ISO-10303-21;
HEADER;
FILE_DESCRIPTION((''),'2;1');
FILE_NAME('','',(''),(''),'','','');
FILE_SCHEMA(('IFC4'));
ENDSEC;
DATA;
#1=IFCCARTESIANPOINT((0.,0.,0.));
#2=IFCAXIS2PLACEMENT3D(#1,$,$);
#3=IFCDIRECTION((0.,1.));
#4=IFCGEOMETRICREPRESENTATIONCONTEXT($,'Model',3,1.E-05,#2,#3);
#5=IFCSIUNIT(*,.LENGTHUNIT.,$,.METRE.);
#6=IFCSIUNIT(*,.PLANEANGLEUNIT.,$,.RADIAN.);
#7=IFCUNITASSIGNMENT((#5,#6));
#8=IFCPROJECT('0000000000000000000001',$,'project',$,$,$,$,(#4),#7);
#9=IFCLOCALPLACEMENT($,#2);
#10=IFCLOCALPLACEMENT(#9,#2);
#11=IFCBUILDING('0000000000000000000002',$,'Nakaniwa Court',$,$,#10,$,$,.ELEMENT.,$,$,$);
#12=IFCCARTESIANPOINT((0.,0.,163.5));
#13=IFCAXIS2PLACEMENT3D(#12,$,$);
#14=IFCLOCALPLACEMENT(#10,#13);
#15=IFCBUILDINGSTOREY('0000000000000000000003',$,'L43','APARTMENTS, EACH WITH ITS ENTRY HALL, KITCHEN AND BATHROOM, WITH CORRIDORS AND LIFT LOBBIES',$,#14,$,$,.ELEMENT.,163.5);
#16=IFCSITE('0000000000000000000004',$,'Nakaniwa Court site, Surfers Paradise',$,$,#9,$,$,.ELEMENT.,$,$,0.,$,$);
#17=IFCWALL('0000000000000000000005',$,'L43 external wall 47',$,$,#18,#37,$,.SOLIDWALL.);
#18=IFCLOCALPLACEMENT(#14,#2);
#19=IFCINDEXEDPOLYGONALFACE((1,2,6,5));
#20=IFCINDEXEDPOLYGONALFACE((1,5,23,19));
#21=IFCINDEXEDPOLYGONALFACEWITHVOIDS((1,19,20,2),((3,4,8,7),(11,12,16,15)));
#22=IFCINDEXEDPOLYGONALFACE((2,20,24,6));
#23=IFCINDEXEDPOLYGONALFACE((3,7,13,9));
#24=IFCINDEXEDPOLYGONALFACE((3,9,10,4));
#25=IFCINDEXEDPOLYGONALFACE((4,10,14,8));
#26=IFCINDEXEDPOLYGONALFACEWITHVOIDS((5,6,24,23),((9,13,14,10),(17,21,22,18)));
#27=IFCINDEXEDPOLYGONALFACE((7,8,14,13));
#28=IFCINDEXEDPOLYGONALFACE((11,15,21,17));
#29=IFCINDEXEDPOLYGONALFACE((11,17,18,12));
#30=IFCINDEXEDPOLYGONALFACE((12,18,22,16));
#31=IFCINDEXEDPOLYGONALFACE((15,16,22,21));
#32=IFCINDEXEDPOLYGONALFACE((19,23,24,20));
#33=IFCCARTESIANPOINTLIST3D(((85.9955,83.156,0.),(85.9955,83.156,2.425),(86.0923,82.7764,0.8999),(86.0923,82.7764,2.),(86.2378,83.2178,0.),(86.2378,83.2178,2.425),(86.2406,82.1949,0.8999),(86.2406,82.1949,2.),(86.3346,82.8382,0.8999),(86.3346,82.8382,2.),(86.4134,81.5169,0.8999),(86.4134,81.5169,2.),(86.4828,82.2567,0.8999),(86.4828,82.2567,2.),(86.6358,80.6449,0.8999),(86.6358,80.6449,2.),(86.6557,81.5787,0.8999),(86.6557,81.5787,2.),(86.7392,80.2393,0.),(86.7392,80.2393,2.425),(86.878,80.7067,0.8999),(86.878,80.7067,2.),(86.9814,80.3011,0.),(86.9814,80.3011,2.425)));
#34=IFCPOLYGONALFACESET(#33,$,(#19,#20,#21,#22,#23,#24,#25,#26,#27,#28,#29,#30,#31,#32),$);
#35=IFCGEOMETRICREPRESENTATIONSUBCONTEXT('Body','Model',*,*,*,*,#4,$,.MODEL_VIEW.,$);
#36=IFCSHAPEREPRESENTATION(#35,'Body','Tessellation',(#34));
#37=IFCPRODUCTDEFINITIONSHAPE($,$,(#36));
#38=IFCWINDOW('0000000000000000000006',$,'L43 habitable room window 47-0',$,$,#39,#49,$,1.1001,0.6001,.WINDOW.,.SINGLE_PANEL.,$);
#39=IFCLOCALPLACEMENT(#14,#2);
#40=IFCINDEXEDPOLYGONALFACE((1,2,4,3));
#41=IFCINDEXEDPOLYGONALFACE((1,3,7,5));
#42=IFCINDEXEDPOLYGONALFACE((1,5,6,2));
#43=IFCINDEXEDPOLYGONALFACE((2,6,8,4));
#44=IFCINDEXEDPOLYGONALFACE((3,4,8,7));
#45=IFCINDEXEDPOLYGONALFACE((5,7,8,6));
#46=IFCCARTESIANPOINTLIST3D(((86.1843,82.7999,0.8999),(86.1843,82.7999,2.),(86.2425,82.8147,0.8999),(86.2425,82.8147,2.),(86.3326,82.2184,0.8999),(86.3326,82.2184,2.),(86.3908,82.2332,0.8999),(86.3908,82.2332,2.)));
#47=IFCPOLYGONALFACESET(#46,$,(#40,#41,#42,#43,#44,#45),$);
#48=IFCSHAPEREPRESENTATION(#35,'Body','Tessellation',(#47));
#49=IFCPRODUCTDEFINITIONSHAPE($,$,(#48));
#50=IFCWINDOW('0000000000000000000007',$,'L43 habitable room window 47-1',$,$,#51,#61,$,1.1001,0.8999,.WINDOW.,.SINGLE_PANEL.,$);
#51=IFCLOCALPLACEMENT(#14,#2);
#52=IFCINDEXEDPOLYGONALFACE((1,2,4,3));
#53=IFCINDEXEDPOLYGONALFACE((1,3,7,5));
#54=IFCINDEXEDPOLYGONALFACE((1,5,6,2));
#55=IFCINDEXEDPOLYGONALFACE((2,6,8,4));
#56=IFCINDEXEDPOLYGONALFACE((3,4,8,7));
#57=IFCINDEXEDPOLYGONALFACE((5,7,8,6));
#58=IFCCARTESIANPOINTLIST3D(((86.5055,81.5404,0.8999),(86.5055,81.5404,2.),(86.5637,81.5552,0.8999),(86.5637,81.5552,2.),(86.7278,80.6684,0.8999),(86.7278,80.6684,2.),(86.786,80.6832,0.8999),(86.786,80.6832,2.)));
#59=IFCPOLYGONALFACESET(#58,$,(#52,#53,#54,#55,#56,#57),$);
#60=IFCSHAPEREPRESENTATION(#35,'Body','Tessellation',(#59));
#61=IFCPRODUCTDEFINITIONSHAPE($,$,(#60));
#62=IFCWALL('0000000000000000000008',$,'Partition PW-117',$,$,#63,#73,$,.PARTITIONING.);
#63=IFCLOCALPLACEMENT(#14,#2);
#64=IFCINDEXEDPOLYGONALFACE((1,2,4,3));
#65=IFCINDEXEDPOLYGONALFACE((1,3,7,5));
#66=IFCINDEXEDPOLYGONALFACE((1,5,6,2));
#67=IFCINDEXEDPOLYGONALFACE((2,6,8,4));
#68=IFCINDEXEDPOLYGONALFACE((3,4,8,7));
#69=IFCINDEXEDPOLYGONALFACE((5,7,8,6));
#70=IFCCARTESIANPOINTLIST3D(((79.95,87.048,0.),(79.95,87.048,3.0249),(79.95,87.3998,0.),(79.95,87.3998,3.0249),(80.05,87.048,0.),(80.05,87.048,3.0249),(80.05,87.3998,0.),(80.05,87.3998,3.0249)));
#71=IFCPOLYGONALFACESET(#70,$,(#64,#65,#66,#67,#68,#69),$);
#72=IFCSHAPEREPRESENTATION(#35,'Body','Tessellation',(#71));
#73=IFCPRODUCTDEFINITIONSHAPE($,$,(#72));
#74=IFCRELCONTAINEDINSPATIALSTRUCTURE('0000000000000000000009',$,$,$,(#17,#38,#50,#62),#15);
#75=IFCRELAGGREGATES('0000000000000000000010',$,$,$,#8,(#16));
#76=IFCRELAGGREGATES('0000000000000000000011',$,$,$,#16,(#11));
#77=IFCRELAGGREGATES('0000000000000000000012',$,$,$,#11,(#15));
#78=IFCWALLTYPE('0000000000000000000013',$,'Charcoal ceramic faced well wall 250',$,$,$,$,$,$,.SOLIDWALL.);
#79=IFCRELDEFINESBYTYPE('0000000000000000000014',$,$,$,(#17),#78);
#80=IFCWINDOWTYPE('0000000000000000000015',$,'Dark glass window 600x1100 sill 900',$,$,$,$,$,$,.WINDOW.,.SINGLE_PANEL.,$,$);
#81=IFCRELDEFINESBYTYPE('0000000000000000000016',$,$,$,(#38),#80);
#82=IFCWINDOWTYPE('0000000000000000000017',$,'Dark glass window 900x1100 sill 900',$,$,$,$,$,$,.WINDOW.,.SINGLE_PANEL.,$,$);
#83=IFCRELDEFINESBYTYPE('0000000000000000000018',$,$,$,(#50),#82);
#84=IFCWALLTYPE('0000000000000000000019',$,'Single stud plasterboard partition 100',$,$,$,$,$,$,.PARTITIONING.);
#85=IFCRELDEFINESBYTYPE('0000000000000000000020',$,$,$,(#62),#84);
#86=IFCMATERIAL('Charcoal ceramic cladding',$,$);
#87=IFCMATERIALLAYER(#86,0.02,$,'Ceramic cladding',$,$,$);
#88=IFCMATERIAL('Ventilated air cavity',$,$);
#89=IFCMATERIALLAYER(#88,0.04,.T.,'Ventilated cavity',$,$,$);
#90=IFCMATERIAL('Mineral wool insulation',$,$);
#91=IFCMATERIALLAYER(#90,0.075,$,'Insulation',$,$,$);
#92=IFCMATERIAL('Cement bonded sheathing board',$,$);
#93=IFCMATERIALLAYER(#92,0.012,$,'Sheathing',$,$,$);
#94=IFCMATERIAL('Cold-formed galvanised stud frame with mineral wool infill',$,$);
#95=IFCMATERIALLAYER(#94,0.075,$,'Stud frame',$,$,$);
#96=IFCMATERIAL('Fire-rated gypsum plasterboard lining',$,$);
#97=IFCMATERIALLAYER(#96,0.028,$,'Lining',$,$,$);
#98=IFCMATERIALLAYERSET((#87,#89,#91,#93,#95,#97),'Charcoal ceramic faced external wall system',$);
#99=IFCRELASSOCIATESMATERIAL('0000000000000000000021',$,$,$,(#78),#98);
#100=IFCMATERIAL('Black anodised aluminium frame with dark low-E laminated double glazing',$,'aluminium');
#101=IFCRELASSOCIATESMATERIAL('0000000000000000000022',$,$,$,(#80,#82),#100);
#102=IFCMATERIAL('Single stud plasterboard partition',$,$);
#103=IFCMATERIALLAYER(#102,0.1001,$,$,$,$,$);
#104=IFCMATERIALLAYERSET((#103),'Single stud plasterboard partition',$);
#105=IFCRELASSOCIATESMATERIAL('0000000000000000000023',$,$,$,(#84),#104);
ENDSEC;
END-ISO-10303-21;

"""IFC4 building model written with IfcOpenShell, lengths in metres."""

from ifc_helpers import new_model, si_unit, direction, frame, frame_2d, origin, place, context, subcontext, project, spatial, rectangle, extrude, material, layer, layer_set, type_object, element, fill, save


model = new_model("IFC4")

# Units and contexts
model_context = context("Model", 3, precision=1e-05, world=origin(), true_north=direction((0.0, 1.0)))
body_context = subcontext(model_context, "Body", "Model", "MODEL_VIEW")
ifc_project = project(units=[si_unit("LENGTHUNIT", "METRE"), si_unit("PLANEANGLEUNIT", "RADIAN")], contexts=[model_context])

# Site, building, storey
site_placement = place(None, origin())
site = spatial("IfcSite", under=ifc_project, at=site_placement, Name="Nakaniwa Court site, Surfers Paradise", CompositionType="ELEMENT", RefElevation=0.0)
building_placement = place(site_placement, origin())
building = spatial("IfcBuilding", under=site, at=building_placement, Name="Nakaniwa Court", CompositionType="ELEMENT")
storey_placement = place(building_placement, frame((0.0, 0.0, 163.5)))
storey = spatial("IfcBuildingStorey", under=building, at=storey_placement, Name="L43", Description="APARTMENTS, EACH WITH ITS ENTRY HALL, KITCHEN AND BATHROOM, WITH CORRIDORS AND LIFT LOBBIES", CompositionType="ELEMENT", Elevation=163.5)

# Shared definitions
ifc_material_1 = material(Name="Charcoal ceramic cladding")
ifc_layer_1 = layer(ifc_material_1, 0.02, Name="Ceramic cladding")
ifc_material_2 = material(Name="Ventilated air cavity")
ifc_layer_2 = layer(ifc_material_2, 0.04, ventilated=True, Name="Ventilated cavity")
ifc_material_3 = material(Name="Mineral wool insulation")
ifc_layer_3 = layer(ifc_material_3, 0.075, Name="Insulation")
ifc_material_4 = material(Name="Cement bonded sheathing board")
ifc_layer_4 = layer(ifc_material_4, 0.012, Name="Sheathing")
ifc_material_5 = material(Name="Cold-formed galvanised stud frame with mineral wool infill")
ifc_layer_5 = layer(ifc_material_5, 0.075, Name="Stud frame")
ifc_material_6 = material(Name="Fire-rated gypsum plasterboard lining")
ifc_layer_6 = layer(ifc_material_6, 0.028, Name="Lining")
ifc_layer_set_1 = layer_set([ifc_layer_1, ifc_layer_2, ifc_layer_3, ifc_layer_4, ifc_layer_5, ifc_layer_6], Name="Charcoal ceramic faced external wall system")
wall_type_1 = type_object("IfcWallType", Name="Charcoal ceramic faced well wall 250", PredefinedType="SOLIDWALL", material=ifc_layer_set_1)
ifc_material_7 = material(Name="Black anodised aluminium frame with dark low-E laminated double glazing", Category="aluminium")

# Wall, openings, windows
wall_1_placement = place(storey_placement, frame((86.1167, 83.1868, 0.0), z_axis=(0.0, 0.0, 1.0), x_axis=(0.247056, -0.969001, 0.0)))
wall_1 = element("IfcWall", 1, at=wall_1_placement, inside=storey, type_object=wall_type_1, Name="L43 external wall 47", PredefinedType="SOLIDWALL", context=body_context, shape_type="SweptSolid", body=[
    extrude(rectangle(XDim=3.01, YDim=0.25, at=frame_2d((1.5049, 0.0))), origin(), (0.0, 0.0, 1.0), 2.425),
])
opening_1_placement = place(wall_1_placement, frame((0.3916, 0.0, 0.8999)))
opening_1 = element("IfcOpeningElement", 2, at=opening_1_placement, cuts=wall_1, PredefinedType="OPENING", context=body_context, shape_type="SweptSolid", body=[
    extrude(rectangle(XDim=0.6001, YDim=1.1001, at=frame_2d((0.3, 0.55))), frame((0.0, 0.135, 0.0), z_axis=(0.0, -1.0, 0.0), x_axis=(1.0, 0.0, 0.0)), (0.0, 0.0, 1.0), 0.27),
])
opening_2_placement = place(wall_1_placement, frame((1.6914, 0.0, 0.8999)))
opening_2 = element("IfcOpeningElement", 3, at=opening_2_placement, cuts=wall_1, PredefinedType="OPENING", context=body_context, shape_type="SweptSolid", body=[
    extrude(rectangle(XDim=0.8999, YDim=1.1001, at=frame_2d((0.45, 0.55))), frame((0.0, 0.135, 0.0), z_axis=(0.0, -1.0, 0.0), x_axis=(1.0, 0.0, 0.0)), (0.0, 0.0, 1.0), 0.27),
])
window_type_1 = type_object("IfcWindowType", Name="Dark glass window 600x1100 sill 900", PartitioningType="SINGLE_PANEL", PredefinedType="WINDOW", material=ifc_material_7)
window_1_placement = place(opening_1_placement, origin())
window_1 = element("IfcWindow", 4, at=window_1_placement, inside=storey, type_object=window_type_1, Name="L43 habitable room window 47-0", OverallHeight=1.1001, OverallWidth=0.6001, PartitioningType="SINGLE_PANEL", PredefinedType="WINDOW", context=body_context, shape_type="SweptSolid", body=[
    extrude(rectangle(XDim=0.6001, YDim=1.1001, at=frame_2d((0.3, 0.55))), frame((0.0, 0.03, 0.0), z_axis=(0.0, -1.0, 0.0), x_axis=(1.0, 0.0, 0.0)), (0.0, 0.0, 1.0), 0.0601),
])
fill(opening_1, window_1)
window_type_2 = type_object("IfcWindowType", Name="Dark glass window 900x1100 sill 900", PartitioningType="SINGLE_PANEL", PredefinedType="WINDOW", material=ifc_material_7)
window_2_placement = place(opening_2_placement, origin())
window_2 = element("IfcWindow", 5, at=window_2_placement, inside=storey, type_object=window_type_2, Name="L43 habitable room window 47-1", OverallHeight=1.1001, OverallWidth=0.8999, PartitioningType="SINGLE_PANEL", PredefinedType="WINDOW", context=body_context, shape_type="SweptSolid", body=[
    extrude(rectangle(XDim=0.8999, YDim=1.1001, at=frame_2d((0.45, 0.55))), frame((0.0, 0.03, 0.0), z_axis=(0.0, -1.0, 0.0), x_axis=(1.0, 0.0, 0.0)), (0.0, 0.0, 1.0), 0.0601),
])
fill(opening_2, window_2)

# Wall
ifc_material_8 = material(Name="Single stud plasterboard partition")
ifc_layer_7 = layer(ifc_material_8, 0.1001)
ifc_layer_set_2 = layer_set([ifc_layer_7], Name="Single stud plasterboard partition")
wall_type_2 = type_object("IfcWallType", Name="Single stud plasterboard partition 100", PredefinedType="PARTITIONING", material=ifc_layer_set_2)
wall_2_placement = place(storey_placement, frame((80.0, 87.0481, 0.0), z_axis=(0.0, 0.0, 1.0), x_axis=(0.0, 1.0, 0.0)))
element("IfcWall", 6, at=wall_2_placement, inside=storey, type_object=wall_type_2, Name="Partition PW-117", PredefinedType="PARTITIONING", context=body_context, shape_type="SweptSolid", body=[
    extrude(rectangle(XDim=0.3518, YDim=0.1001, at=frame_2d((0.1758, 0.0))), origin(), (0.0, 0.0, 1.0), 3.0249),
])

save(model, "model.ifc")
